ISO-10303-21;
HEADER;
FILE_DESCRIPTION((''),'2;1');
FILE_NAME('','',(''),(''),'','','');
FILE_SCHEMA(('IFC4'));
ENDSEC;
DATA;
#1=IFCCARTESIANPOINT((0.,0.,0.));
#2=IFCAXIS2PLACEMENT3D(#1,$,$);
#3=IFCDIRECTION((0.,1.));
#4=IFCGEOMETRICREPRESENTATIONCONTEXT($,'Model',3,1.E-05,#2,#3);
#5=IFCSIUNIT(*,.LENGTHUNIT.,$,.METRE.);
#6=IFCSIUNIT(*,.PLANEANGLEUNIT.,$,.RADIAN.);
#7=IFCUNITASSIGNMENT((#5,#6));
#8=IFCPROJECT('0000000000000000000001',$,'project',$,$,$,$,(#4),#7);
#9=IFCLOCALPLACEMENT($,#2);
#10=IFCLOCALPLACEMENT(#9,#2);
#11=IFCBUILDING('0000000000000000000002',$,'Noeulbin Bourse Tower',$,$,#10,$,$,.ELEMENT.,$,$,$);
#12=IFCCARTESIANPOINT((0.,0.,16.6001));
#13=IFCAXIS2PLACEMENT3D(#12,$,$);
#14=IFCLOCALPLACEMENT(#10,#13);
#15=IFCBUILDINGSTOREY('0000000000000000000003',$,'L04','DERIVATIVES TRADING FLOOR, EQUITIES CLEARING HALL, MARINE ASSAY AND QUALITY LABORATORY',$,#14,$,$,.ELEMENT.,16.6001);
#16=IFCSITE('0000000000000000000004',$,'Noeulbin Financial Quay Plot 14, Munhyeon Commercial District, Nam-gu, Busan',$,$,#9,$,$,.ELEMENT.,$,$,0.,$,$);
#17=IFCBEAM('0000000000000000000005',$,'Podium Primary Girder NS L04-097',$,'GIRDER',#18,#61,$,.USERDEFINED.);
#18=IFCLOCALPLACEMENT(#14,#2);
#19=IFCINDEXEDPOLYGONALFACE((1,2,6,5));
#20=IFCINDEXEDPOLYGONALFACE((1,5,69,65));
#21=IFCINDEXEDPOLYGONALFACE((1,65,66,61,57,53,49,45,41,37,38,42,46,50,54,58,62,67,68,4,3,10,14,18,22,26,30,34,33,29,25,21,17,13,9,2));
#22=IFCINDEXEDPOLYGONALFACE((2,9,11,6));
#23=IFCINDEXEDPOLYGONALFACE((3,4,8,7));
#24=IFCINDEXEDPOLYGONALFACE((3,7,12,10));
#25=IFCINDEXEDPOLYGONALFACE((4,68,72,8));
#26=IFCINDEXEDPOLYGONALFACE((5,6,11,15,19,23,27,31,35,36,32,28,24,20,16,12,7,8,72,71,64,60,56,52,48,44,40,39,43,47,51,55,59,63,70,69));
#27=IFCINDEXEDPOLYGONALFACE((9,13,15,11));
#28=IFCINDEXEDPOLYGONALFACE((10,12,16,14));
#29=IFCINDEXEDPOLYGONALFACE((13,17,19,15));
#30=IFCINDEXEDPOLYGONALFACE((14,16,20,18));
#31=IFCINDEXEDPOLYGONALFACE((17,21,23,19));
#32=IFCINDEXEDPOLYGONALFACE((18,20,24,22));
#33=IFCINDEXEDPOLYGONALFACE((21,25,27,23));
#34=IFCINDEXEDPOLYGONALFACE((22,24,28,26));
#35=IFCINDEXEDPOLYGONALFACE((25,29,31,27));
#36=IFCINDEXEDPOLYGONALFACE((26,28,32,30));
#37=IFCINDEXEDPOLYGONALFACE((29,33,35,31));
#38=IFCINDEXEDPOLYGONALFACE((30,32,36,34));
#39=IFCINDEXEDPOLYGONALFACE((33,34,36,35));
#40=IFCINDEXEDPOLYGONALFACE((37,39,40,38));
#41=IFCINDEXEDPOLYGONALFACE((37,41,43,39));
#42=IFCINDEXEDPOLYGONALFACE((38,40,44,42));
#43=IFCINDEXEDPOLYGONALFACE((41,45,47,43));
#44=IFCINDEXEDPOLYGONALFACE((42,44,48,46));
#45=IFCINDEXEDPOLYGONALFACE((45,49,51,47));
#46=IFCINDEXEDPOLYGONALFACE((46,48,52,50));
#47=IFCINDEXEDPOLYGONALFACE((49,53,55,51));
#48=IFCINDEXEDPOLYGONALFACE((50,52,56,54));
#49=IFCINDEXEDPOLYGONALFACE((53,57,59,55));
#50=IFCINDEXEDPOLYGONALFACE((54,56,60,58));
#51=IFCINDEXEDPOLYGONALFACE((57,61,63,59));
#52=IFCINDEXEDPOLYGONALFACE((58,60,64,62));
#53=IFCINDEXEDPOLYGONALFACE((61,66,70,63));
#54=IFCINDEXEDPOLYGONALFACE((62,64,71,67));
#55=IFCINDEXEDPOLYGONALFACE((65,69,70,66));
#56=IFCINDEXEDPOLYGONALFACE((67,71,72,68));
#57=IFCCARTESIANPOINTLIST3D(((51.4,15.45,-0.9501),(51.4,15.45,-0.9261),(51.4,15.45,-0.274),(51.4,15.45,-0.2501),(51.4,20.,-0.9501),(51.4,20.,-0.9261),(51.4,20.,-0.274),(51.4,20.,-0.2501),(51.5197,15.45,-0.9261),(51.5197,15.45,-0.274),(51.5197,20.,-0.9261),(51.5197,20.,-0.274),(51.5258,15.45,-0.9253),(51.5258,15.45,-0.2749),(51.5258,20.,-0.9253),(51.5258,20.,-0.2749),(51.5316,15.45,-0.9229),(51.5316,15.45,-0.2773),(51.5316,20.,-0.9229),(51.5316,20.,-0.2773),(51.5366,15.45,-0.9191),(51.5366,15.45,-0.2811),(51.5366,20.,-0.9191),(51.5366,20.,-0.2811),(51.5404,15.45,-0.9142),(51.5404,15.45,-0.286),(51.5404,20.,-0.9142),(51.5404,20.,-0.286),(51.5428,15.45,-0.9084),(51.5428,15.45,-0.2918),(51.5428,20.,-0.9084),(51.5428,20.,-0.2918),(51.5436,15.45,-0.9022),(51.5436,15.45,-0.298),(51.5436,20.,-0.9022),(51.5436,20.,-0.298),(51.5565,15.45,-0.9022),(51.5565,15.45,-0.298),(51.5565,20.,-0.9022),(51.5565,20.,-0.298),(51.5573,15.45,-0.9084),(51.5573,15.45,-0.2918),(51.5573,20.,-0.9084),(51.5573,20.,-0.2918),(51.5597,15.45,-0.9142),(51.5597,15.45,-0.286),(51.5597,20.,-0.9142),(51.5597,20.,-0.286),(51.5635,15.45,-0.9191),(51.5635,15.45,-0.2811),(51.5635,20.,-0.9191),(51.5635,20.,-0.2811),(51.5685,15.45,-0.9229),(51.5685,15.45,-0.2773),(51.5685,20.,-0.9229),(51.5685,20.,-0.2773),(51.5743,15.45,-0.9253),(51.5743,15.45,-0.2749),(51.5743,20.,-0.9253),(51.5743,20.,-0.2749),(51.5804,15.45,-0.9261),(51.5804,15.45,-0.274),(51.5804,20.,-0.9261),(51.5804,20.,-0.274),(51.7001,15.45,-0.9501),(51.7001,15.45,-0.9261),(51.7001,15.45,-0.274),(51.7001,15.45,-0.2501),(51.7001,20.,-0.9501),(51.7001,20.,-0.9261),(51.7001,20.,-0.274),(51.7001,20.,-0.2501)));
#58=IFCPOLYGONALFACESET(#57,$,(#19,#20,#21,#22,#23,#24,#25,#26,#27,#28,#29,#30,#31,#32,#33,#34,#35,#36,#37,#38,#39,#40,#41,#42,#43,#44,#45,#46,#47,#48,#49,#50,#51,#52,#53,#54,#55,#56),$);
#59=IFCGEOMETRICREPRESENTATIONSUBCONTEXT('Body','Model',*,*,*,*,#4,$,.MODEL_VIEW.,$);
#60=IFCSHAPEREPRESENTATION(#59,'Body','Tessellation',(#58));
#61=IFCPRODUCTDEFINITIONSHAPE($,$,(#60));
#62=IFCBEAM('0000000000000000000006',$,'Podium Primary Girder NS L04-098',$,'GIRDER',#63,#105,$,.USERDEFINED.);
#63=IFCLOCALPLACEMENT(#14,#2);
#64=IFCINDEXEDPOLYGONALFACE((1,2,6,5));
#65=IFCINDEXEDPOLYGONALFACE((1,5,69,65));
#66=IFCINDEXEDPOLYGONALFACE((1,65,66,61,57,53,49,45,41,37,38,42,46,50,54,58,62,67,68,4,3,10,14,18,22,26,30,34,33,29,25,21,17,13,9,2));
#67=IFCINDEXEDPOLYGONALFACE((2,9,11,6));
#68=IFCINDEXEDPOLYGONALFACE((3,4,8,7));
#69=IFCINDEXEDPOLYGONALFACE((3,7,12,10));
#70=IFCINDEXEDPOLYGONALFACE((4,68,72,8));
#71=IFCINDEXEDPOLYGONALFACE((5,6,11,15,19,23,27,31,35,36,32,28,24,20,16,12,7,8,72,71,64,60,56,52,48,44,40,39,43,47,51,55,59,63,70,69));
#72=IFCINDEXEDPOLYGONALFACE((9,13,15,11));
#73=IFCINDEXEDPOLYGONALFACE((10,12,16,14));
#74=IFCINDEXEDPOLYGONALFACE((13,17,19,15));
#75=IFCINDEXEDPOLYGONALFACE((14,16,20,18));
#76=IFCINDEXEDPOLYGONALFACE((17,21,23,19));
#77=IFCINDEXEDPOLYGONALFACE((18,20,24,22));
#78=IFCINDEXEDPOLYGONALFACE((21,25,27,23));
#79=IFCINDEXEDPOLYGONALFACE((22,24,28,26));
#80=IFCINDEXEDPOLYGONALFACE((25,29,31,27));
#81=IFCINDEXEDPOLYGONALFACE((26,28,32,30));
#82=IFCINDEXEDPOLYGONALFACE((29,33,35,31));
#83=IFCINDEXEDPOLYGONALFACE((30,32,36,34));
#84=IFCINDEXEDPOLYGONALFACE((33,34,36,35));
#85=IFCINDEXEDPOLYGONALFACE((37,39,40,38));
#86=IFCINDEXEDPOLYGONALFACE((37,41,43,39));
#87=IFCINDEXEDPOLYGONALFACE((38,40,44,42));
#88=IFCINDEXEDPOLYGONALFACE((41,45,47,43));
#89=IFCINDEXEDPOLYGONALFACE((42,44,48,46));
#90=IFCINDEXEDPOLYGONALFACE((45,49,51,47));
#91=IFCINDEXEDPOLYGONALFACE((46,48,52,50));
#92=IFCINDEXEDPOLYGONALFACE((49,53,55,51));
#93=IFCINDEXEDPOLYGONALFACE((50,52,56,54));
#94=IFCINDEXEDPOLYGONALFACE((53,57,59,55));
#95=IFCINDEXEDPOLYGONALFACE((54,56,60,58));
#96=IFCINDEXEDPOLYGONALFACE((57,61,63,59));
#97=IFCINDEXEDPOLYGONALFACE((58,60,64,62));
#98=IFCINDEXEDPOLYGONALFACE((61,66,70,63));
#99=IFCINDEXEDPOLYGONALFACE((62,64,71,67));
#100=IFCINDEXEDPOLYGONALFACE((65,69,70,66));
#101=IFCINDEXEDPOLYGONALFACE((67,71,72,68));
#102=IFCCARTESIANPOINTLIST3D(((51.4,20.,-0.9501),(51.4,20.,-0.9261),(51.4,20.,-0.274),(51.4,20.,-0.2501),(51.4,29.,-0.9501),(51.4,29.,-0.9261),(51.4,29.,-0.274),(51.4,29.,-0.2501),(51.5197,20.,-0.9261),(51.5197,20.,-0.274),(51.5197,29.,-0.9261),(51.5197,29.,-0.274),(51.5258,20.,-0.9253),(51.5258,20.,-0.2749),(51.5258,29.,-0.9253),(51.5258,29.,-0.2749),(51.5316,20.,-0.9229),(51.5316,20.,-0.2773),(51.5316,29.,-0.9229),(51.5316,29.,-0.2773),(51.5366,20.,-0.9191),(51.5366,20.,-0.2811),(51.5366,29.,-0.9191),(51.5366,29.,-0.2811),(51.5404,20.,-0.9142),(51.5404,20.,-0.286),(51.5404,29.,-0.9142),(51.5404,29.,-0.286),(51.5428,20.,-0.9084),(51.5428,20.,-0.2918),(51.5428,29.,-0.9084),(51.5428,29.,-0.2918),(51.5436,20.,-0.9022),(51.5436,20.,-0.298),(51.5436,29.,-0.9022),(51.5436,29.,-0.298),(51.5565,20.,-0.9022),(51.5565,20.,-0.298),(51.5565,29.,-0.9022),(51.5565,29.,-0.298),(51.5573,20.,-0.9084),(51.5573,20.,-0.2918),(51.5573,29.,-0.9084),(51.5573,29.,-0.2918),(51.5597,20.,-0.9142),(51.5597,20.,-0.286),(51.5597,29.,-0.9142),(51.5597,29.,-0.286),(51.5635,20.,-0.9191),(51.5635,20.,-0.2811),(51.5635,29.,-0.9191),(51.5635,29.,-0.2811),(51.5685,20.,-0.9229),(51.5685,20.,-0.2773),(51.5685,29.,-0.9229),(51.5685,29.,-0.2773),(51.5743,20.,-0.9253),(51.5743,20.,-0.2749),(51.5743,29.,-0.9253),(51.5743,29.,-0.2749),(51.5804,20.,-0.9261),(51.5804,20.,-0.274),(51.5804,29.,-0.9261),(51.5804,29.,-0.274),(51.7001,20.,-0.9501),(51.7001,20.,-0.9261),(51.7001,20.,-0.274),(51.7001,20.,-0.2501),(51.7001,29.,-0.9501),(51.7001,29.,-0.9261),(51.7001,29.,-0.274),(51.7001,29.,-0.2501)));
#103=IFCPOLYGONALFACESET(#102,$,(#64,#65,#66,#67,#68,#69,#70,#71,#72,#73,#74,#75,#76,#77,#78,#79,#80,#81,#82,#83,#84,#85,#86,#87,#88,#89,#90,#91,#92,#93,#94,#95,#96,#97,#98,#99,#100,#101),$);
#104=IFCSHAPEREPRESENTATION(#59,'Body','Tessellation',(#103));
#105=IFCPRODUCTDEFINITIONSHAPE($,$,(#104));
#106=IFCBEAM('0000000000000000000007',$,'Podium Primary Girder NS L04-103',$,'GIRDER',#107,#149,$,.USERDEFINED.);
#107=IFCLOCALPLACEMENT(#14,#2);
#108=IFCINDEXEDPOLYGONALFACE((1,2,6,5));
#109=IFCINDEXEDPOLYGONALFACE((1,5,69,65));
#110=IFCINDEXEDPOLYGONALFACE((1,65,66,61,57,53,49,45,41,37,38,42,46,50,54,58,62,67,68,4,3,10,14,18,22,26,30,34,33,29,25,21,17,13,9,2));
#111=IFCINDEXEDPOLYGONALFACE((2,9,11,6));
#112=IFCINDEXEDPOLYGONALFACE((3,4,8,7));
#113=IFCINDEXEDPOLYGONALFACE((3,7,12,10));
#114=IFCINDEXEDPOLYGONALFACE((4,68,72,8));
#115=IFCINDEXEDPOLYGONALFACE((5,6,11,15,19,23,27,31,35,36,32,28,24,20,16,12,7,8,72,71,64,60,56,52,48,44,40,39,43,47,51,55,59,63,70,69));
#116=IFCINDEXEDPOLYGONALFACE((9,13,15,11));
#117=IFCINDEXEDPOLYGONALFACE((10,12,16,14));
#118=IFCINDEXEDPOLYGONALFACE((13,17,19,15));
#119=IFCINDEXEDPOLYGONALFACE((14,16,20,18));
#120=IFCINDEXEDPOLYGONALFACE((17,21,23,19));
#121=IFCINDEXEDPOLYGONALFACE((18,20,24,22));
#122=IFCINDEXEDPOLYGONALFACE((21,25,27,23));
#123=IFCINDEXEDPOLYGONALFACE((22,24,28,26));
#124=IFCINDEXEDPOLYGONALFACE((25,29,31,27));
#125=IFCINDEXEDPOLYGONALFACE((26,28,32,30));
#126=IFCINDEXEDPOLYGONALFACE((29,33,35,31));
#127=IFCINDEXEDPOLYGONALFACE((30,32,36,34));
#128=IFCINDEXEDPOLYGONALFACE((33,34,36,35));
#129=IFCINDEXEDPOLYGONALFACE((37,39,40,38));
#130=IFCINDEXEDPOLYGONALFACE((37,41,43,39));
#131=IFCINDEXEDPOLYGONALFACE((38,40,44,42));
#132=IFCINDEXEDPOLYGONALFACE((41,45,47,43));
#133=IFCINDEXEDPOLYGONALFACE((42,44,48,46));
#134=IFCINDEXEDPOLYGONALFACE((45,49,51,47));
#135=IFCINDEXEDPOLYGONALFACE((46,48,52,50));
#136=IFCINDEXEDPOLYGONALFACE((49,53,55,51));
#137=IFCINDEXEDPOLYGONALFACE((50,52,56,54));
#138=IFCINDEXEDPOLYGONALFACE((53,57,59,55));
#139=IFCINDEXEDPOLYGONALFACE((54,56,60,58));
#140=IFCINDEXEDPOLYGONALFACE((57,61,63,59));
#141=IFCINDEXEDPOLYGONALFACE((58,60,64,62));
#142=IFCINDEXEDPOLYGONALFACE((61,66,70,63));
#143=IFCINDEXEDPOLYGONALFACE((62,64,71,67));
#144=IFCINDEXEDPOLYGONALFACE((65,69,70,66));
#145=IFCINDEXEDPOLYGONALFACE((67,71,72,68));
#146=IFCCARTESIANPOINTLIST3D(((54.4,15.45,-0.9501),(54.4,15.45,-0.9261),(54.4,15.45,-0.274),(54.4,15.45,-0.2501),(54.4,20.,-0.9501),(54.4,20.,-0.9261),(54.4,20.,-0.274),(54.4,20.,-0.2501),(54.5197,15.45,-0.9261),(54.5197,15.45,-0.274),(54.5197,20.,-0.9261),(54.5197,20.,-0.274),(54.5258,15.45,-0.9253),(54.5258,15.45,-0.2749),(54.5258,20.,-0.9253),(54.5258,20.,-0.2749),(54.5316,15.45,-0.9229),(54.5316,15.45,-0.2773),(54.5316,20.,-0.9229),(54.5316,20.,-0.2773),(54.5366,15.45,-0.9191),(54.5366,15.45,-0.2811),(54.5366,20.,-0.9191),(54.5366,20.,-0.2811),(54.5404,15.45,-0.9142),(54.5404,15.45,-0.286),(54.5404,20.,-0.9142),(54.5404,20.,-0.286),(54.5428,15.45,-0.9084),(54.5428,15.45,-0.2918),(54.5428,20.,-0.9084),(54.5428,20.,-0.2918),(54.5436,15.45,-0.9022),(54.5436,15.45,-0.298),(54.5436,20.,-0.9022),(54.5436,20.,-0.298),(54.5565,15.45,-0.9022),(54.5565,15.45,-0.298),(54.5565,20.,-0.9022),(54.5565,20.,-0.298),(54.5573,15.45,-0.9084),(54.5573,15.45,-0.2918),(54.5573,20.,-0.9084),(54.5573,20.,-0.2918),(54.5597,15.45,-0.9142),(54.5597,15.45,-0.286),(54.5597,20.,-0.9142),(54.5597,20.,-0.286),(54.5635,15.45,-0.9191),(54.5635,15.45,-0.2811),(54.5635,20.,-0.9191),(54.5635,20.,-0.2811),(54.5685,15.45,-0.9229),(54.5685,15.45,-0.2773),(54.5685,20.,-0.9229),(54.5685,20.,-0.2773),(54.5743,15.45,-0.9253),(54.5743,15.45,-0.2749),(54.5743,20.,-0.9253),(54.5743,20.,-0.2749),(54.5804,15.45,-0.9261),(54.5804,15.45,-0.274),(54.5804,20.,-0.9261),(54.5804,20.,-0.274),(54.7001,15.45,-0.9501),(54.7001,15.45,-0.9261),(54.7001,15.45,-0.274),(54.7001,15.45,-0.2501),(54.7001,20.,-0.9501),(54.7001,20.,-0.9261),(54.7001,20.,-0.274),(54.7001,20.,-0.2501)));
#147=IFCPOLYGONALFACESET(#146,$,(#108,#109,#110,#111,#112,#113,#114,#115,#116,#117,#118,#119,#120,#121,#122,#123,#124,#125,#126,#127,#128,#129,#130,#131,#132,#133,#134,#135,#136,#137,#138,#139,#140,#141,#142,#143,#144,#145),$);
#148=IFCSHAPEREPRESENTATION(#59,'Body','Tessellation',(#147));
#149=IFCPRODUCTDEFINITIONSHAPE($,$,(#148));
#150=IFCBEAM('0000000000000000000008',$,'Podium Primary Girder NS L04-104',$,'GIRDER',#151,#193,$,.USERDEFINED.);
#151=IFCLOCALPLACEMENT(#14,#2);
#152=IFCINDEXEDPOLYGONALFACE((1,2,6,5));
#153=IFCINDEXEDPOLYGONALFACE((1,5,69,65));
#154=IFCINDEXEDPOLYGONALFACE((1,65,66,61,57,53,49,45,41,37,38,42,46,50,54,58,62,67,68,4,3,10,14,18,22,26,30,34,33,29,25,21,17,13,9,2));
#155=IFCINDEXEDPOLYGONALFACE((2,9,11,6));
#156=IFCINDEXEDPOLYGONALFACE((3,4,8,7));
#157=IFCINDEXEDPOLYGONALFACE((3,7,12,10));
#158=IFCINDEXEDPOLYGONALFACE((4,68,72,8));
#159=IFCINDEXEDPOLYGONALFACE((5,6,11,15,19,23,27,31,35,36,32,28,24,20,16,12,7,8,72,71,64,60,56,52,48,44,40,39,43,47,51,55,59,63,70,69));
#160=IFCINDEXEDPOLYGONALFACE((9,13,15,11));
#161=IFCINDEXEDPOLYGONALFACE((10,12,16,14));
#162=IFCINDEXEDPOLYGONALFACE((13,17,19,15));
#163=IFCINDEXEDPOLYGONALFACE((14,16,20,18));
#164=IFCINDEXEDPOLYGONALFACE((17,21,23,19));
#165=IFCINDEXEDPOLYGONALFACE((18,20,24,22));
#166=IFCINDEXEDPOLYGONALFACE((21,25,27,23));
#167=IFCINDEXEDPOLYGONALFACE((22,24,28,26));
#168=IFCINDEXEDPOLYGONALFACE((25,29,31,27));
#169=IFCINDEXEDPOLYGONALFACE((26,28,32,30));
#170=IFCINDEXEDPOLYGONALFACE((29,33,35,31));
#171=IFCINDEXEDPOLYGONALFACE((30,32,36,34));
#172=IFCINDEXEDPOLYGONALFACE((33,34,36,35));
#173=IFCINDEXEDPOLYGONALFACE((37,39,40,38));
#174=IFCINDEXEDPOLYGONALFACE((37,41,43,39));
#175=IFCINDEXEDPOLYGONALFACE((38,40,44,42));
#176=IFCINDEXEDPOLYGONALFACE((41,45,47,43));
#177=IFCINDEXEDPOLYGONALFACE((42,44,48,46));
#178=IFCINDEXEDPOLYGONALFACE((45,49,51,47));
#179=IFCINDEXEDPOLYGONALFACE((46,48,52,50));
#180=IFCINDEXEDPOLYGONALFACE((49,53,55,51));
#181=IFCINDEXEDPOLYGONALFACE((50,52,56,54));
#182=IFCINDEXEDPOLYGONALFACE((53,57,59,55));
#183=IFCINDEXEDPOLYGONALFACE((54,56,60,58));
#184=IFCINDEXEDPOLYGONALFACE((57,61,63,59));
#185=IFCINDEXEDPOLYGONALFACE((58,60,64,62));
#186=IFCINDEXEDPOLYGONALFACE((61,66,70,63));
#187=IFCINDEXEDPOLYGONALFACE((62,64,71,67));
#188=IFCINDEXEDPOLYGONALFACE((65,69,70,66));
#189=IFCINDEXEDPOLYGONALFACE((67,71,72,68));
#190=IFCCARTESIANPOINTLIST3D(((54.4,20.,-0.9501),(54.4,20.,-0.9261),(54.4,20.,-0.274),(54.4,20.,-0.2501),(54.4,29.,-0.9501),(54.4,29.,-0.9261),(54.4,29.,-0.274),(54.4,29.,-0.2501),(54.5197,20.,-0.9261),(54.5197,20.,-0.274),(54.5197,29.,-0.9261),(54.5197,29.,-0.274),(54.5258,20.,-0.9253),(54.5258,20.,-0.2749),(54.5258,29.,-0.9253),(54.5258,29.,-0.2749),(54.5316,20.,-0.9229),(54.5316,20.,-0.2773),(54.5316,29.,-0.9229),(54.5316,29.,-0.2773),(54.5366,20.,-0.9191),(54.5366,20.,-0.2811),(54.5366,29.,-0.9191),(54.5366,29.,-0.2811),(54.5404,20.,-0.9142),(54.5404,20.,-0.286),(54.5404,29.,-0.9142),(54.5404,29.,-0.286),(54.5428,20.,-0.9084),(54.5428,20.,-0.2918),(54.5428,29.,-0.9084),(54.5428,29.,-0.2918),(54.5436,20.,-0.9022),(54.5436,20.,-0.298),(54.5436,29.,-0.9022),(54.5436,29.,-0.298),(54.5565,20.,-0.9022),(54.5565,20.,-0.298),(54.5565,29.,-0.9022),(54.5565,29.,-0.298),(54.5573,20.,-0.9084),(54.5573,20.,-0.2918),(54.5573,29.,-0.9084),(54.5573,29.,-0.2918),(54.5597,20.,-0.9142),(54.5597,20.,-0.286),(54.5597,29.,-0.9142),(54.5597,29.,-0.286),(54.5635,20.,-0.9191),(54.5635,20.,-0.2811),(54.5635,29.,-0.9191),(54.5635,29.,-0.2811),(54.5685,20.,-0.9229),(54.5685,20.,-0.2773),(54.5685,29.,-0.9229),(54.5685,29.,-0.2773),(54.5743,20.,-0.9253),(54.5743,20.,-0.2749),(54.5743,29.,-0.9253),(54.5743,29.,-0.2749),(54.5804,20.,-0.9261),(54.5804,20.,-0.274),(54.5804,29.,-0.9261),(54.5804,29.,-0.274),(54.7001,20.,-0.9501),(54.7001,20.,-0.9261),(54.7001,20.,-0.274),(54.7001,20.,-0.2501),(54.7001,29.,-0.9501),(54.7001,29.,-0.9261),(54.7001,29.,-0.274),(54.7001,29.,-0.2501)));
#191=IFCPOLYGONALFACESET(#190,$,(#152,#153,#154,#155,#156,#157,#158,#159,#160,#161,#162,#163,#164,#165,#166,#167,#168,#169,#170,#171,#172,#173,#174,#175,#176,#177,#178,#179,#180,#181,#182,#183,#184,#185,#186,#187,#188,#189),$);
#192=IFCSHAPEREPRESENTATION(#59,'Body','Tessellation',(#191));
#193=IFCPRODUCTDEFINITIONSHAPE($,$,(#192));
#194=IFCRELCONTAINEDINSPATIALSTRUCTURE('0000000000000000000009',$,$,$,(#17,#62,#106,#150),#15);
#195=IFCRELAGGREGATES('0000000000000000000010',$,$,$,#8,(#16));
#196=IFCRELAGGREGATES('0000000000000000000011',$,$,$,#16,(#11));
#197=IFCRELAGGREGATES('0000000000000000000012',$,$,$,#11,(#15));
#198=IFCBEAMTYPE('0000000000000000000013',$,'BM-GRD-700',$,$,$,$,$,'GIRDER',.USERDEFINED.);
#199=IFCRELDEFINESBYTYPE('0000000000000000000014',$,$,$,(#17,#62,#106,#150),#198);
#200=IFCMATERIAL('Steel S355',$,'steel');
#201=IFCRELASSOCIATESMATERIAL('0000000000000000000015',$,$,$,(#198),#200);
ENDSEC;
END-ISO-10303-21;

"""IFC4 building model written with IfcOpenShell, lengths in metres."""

from ifc_helpers import new_model, si_unit, direction, frame, origin, origin_2d, place, context, subcontext, project, spatial, i_section, extrude, material, material_profile, profile_set, type_object, element, save


model = new_model("IFC4")

# Units and contexts
model_context = context("Model", 3, precision=1e-05, world=origin(), true_north=direction((0.0, 1.0)))
body_context = subcontext(model_context, "Body", "Model", "MODEL_VIEW")
ifc_project = project(units=[si_unit("LENGTHUNIT", "METRE"), si_unit("PLANEANGLEUNIT", "RADIAN")], contexts=[model_context])

# Site, building, storey
site_placement = place(None, origin())
site = spatial("IfcSite", under=ifc_project, at=site_placement, Name="Noeulbin Financial Quay Plot 14, Munhyeon Commercial District, Nam-gu, Busan", CompositionType="ELEMENT", RefElevation=0.0)
building_placement = place(site_placement, origin())
building = spatial("IfcBuilding", under=site, at=building_placement, Name="Noeulbin Bourse Tower", CompositionType="ELEMENT")
storey_placement = place(building_placement, frame((0.0, 0.0, 16.6001)))
storey = spatial("IfcBuildingStorey", under=building, at=storey_placement, Name="L04", Description="DERIVATIVES TRADING FLOOR, EQUITIES CLEARING HALL, MARINE ASSAY AND QUALITY LABORATORY", CompositionType="ELEMENT", Elevation=16.6001)

# Beams
ifc_material_1 = material(Name="Steel S355", Category="steel")
ifc_material_profile_1 = material_profile(ifc_material_1, i_section(OverallWidth=0.3, OverallDepth=0.7, WebThickness=0.0129, FlangeThickness=0.0239, FilletRadius=0.0239, at=origin_2d()), Name="H-700x300x13x24", Category="LoadBearing")
ifc_profile_set_1 = profile_set([ifc_material_profile_1], Name="Steel S355")
beam_type_1 = type_object("IfcBeamType", Name="BM-GRD-700", ElementType="GIRDER", PredefinedType="USERDEFINED", material=ifc_profile_set_1)
beam_1_placement = place(storey_placement, frame((51.55, 15.45, -0.6001), z_axis=(0.0, 1.0, 0.0), x_axis=(-1.0, 0.0, 0.0)))
element("IfcBeam", 1, at=beam_1_placement, inside=storey, type_object=beam_type_1, Name="Podium Primary Girder NS L04-097", ObjectType="GIRDER", PredefinedType="USERDEFINED", context=body_context, shape_type="SweptSolid", body=[
    extrude(i_section(OverallWidth=0.3, OverallDepth=0.7, WebThickness=0.0129, FlangeThickness=0.0239, FilletRadius=0.0239, at=origin_2d()), origin(), (0.0, 0.0, 1.0), 4.55),
])
beam_2_placement = place(storey_placement, frame((51.55, 20.0, -0.6001), z_axis=(0.0, 1.0, 0.0), x_axis=(-1.0, 0.0, 0.0)))
element("IfcBeam", 2, at=beam_2_placement, inside=storey, type_object=beam_type_1, Name="Podium Primary Girder NS L04-098", ObjectType="GIRDER", PredefinedType="USERDEFINED", context=body_context, shape_type="SweptSolid", body=[
    extrude(i_section(OverallWidth=0.3, OverallDepth=0.7, WebThickness=0.0129, FlangeThickness=0.0239, FilletRadius=0.0239, at=origin_2d()), origin(), (0.0, 0.0, 1.0), 9.0),
])
beam_3_placement = place(storey_placement, frame((54.55, 15.45, -0.6001), z_axis=(0.0, 1.0, 0.0), x_axis=(-1.0, 0.0, 0.0)))
element("IfcBeam", 3, at=beam_3_placement, inside=storey, type_object=beam_type_1, Name="Podium Primary Girder NS L04-103", ObjectType="GIRDER", PredefinedType="USERDEFINED", context=body_context, shape_type="SweptSolid", body=[
    extrude(i_section(OverallWidth=0.3, OverallDepth=0.7, WebThickness=0.0129, FlangeThickness=0.0239, FilletRadius=0.0239, at=origin_2d()), origin(), (0.0, 0.0, 1.0), 4.55),
])
beam_4_placement = place(storey_placement, frame((54.55, 20.0, -0.6001), z_axis=(0.0, 1.0, 0.0), x_axis=(-1.0, 0.0, 0.0)))
element("IfcBeam", 4, at=beam_4_placement, inside=storey, type_object=beam_type_1, Name="Podium Primary Girder NS L04-104", ObjectType="GIRDER", PredefinedType="USERDEFINED", context=body_context, shape_type="SweptSolid", body=[
    extrude(i_section(OverallWidth=0.3, OverallDepth=0.7, WebThickness=0.0129, FlangeThickness=0.0239, FilletRadius=0.0239, at=origin_2d()), origin(), (0.0, 0.0, 1.0), 9.0),
])

save(model, "model.ifc")
